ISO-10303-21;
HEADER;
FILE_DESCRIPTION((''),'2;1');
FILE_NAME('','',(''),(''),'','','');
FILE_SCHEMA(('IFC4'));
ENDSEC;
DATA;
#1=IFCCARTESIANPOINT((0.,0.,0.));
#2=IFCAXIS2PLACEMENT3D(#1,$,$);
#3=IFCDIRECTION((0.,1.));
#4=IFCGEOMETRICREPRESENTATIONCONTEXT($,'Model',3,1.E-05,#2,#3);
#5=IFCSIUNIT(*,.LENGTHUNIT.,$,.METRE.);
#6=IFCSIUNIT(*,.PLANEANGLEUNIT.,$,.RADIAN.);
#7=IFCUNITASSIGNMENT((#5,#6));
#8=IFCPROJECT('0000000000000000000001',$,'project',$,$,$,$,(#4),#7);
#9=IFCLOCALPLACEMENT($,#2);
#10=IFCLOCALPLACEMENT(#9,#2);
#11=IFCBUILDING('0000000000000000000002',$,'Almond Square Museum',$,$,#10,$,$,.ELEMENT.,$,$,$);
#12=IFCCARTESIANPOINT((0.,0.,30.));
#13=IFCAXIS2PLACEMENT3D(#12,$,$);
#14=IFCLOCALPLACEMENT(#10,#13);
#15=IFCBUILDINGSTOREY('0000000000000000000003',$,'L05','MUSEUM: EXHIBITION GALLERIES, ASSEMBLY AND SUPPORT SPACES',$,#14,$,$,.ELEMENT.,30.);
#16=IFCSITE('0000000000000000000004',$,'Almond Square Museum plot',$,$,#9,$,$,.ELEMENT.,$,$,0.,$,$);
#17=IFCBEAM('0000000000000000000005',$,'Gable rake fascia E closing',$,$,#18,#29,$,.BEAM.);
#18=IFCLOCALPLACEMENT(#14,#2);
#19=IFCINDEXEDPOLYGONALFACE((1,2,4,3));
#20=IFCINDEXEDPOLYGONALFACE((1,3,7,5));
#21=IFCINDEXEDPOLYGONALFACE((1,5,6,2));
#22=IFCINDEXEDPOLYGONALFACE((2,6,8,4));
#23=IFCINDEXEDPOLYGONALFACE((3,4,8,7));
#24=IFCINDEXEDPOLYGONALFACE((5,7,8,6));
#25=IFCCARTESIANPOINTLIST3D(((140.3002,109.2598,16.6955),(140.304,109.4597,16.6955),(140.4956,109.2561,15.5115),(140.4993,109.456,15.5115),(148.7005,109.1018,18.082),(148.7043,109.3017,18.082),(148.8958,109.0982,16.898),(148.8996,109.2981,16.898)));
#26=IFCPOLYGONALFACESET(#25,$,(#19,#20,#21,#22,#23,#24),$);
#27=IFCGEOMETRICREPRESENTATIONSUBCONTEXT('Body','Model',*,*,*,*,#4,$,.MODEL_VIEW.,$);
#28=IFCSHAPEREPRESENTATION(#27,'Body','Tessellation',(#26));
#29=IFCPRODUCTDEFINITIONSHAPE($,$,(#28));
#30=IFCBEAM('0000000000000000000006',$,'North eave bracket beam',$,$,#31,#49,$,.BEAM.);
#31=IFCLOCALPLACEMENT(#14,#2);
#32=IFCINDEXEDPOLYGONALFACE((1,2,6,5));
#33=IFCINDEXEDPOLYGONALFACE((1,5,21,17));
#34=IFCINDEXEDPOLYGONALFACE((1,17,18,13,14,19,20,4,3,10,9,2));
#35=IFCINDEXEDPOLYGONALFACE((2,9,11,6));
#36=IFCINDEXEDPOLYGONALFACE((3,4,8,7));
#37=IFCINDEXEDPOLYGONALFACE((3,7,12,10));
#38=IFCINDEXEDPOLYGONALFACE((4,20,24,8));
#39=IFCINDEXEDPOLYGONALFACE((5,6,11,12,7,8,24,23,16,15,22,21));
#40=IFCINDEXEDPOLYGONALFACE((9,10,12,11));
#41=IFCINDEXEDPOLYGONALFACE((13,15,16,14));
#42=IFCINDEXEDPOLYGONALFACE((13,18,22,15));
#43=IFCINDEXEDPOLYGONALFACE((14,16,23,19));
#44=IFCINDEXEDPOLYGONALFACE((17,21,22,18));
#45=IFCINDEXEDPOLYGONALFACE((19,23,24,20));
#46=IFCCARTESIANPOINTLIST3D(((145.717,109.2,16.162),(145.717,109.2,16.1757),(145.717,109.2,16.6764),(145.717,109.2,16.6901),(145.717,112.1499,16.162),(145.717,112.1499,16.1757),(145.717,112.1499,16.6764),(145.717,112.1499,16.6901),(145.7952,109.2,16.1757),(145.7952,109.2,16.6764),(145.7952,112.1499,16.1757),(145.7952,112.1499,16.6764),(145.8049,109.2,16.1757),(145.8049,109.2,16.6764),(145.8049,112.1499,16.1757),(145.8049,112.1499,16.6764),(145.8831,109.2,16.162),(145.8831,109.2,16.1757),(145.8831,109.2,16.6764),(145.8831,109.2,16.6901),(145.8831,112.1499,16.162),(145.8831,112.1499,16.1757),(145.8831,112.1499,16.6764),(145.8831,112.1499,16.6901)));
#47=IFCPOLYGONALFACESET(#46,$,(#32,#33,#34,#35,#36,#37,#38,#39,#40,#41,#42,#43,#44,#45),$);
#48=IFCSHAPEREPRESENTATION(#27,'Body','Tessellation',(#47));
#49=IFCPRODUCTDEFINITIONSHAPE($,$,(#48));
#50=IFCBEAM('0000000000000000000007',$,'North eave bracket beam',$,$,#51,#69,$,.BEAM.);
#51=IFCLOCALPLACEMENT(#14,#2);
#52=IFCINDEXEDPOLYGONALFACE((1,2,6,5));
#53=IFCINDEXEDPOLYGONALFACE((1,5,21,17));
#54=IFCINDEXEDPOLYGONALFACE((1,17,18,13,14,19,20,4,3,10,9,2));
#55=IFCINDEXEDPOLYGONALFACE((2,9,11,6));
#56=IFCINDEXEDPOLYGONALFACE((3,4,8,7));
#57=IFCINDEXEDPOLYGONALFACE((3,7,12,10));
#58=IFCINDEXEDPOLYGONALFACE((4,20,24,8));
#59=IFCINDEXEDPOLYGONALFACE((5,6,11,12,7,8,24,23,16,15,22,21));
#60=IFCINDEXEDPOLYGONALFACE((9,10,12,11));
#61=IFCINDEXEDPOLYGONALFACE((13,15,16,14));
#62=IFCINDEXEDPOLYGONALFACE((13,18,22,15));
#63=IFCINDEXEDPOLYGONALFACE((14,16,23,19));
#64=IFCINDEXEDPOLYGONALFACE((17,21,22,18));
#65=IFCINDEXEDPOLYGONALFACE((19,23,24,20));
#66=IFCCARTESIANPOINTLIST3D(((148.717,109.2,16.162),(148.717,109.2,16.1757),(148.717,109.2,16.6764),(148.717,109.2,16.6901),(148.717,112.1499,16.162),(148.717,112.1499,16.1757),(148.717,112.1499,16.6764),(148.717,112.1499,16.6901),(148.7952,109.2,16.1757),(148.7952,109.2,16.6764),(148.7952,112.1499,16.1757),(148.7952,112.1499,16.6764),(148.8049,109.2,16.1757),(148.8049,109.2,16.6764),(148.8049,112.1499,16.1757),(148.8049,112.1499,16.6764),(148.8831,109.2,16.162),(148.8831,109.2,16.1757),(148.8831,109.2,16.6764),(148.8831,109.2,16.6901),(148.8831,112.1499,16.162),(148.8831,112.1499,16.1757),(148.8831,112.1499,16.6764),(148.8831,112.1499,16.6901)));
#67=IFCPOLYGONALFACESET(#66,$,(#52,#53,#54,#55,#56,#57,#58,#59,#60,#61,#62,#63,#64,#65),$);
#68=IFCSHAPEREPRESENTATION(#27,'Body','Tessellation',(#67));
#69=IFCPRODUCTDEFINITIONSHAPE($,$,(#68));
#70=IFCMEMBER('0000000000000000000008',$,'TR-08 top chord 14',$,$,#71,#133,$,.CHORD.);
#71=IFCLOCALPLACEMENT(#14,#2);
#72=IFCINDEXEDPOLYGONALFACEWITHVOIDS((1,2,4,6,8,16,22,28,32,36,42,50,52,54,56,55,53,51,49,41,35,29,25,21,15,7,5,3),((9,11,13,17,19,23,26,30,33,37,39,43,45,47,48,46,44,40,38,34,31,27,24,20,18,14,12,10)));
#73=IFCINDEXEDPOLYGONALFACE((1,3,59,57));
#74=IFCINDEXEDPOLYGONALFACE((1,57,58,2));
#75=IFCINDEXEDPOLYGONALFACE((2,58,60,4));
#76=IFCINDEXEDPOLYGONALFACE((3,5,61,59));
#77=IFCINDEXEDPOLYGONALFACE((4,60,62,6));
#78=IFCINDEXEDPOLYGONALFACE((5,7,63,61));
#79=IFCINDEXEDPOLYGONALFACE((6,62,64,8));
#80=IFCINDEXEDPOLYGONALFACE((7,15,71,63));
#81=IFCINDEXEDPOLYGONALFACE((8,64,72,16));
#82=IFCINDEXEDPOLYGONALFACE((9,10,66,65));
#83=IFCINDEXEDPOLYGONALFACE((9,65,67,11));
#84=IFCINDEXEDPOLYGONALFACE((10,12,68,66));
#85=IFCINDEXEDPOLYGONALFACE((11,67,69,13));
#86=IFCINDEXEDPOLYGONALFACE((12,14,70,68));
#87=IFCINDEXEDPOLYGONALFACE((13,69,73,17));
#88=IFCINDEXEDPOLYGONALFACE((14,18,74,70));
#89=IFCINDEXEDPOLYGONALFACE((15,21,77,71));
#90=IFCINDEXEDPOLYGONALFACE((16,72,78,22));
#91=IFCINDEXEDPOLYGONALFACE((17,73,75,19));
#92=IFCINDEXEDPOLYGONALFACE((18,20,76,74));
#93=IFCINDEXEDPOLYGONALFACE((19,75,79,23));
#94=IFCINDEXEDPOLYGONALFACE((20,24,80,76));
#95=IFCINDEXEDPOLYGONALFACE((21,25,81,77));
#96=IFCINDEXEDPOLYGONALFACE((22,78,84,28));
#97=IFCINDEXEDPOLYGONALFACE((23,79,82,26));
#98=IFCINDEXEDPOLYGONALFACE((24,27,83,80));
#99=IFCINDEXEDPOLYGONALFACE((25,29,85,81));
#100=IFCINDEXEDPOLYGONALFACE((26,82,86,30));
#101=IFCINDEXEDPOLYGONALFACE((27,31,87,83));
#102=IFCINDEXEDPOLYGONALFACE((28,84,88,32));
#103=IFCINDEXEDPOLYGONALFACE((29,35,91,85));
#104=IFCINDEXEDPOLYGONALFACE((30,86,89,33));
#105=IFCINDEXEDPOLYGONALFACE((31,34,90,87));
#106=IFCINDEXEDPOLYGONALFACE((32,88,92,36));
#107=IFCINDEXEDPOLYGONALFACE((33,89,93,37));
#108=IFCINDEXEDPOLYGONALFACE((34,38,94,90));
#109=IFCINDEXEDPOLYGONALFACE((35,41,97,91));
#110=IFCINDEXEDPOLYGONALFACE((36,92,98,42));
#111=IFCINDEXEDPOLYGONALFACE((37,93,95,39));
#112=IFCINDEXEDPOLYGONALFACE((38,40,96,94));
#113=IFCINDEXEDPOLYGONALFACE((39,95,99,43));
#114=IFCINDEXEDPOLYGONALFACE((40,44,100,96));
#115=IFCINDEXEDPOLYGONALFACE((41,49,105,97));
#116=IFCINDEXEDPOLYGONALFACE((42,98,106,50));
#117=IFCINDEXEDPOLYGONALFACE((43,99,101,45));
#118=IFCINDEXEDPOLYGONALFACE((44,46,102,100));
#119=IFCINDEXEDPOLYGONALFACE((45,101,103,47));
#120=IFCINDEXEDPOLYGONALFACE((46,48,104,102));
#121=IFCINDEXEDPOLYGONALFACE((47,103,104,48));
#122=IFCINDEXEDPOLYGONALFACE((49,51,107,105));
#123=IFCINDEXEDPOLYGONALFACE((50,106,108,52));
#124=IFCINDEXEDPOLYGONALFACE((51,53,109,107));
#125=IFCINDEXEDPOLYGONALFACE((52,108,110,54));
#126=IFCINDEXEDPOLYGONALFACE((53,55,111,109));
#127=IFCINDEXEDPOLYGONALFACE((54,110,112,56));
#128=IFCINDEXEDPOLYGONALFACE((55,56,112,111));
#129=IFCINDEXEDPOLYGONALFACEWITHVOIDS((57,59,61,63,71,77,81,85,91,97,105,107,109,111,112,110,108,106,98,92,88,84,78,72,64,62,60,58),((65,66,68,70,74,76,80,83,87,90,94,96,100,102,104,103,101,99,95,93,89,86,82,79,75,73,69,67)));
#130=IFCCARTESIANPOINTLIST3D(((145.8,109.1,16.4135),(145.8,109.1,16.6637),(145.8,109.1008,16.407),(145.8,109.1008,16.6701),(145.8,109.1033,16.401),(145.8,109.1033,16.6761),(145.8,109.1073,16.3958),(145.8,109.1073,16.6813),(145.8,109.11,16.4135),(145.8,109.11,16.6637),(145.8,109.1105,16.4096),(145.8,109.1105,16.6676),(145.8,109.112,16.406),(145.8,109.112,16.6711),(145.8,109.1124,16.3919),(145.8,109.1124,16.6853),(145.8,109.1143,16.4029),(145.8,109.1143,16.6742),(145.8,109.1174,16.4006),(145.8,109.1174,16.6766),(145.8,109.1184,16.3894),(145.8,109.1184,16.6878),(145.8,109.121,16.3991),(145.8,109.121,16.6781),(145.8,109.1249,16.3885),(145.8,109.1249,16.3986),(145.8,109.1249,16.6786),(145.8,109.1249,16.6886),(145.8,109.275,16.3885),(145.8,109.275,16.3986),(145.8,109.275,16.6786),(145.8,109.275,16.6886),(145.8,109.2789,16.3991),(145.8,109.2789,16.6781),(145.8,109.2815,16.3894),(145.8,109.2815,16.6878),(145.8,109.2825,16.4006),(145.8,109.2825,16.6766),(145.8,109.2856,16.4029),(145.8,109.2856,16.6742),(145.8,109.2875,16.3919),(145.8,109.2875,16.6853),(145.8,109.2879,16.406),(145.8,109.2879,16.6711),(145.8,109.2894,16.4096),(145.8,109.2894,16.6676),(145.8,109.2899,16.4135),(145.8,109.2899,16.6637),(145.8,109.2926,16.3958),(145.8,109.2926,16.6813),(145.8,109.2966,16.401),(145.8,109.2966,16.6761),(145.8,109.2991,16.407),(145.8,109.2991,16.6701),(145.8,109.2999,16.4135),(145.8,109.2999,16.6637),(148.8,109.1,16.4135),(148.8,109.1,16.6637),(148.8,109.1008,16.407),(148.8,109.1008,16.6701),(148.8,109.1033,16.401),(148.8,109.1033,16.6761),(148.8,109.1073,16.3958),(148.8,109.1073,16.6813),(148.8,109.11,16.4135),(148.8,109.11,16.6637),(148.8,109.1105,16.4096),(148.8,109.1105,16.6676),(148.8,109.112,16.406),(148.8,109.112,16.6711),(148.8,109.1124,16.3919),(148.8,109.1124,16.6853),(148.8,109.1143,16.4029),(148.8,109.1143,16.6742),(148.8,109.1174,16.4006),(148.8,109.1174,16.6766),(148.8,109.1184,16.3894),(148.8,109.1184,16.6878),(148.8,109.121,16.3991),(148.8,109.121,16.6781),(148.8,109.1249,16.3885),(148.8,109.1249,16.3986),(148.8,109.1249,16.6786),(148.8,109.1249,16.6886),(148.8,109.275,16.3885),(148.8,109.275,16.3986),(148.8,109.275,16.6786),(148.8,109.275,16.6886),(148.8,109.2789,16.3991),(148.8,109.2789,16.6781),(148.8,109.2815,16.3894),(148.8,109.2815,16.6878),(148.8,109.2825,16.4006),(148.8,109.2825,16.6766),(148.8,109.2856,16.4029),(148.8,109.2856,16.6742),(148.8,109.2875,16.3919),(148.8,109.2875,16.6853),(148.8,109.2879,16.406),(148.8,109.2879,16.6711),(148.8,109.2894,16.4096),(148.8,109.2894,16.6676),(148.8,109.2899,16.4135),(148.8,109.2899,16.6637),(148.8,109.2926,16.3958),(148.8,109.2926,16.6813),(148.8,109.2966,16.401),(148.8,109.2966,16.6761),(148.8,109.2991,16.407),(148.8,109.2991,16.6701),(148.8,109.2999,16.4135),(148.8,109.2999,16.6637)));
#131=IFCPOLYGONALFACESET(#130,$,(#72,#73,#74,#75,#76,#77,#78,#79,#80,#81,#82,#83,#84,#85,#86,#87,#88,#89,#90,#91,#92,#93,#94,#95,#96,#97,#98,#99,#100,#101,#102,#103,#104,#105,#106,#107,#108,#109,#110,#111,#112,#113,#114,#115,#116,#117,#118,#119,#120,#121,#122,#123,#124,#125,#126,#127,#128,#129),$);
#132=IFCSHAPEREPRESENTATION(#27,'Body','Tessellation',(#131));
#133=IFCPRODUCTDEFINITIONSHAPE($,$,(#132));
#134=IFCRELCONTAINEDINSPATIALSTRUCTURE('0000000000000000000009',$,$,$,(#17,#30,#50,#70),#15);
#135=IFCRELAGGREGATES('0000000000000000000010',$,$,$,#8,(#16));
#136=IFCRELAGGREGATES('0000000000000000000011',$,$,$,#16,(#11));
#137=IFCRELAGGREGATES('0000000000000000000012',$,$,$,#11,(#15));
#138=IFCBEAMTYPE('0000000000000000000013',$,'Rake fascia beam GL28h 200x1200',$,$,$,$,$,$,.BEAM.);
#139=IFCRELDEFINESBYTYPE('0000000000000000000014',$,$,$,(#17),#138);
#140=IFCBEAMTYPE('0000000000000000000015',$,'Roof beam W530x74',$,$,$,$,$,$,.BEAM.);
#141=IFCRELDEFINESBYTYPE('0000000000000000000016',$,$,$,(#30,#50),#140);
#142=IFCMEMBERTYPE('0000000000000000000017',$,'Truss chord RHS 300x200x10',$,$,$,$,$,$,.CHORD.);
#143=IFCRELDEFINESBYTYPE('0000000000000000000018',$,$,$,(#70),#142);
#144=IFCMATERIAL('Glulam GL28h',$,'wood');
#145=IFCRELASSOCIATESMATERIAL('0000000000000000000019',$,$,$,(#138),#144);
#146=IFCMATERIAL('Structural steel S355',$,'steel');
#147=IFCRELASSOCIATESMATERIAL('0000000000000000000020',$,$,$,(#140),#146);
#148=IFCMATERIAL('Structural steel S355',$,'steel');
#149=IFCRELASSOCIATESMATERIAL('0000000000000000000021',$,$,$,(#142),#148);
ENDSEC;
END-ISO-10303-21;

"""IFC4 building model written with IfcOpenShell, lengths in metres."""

from ifc_helpers import new_model, si_unit, direction, frame, origin, origin_2d, place, context, subcontext, project, spatial, rectangle, hollow_rectangle, i_section, extrude, material, material_profile, profile_set, type_object, element, save


model = new_model("IFC4")

# Units and contexts
model_context = context("Model", 3, precision=1e-05, world=origin(), true_north=direction((0.0, 1.0)))
body_context = subcontext(model_context, "Body", "Model", "MODEL_VIEW")
ifc_project = project(units=[si_unit("LENGTHUNIT", "METRE"), si_unit("PLANEANGLEUNIT", "RADIAN")], contexts=[model_context])

# Site, building, storey
site_placement = place(None, origin())
site = spatial("IfcSite", under=ifc_project, at=site_placement, Name="Almond Square Museum plot", CompositionType="ELEMENT", RefElevation=0.0)
building_placement = place(site_placement, origin())
building = spatial("IfcBuilding", under=site, at=building_placement, Name="Almond Square Museum", CompositionType="ELEMENT")
storey_placement = place(building_placement, frame((0.0, 0.0, 30.0)))
storey = spatial("IfcBuildingStorey", under=building, at=storey_placement, Name="L05", Description="MUSEUM: EXHIBITION GALLERIES, ASSEMBLY AND SUPPORT SPACES", CompositionType="ELEMENT", Elevation=30.0)

# Beams
ifc_material_1 = material(Name="Glulam GL28h", Category="wood")
ifc_material_profile_1 = material_profile(ifc_material_1, rectangle(XDim=0.2, YDim=1.2, at=origin_2d()))
ifc_profile_set_1 = profile_set([ifc_material_profile_1], Name="Glulam GL28h")
beam_type_1 = type_object("IfcBeamType", Name="Rake fascia beam GL28h 200x1200", PredefinedType="BEAM", material=ifc_profile_set_1)
beam_placement = place(storey_placement, frame((148.8, 109.2, 17.49), z_axis=(-0.986481, 0.01855, -0.162822), x_axis=(-0.018801, -0.999823, 0.0)))
element("IfcBeam", 1, at=beam_placement, inside=storey, type_object=beam_type_1, Name="Gable rake fascia E closing", PredefinedType="BEAM", context=body_context, shape_type="SweptSolid", body=[
    extrude(rectangle(XDim=0.2, YDim=1.2, at=origin_2d()), origin(), (0.0, 0.0, 1.0), 8.5154),
])
ifc_material_2 = material(Name="Structural steel S355", Category="steel")
ifc_material_profile_2 = material_profile(ifc_material_2, i_section(OverallWidth=0.166, OverallDepth=0.5281, WebThickness=0.0098, FlangeThickness=0.0137, at=origin_2d()))
ifc_profile_set_2 = profile_set([ifc_material_profile_2], Name="Structural steel S355")
beam_type_2 = type_object("IfcBeamType", Name="Roof beam W530x74", PredefinedType="BEAM", material=ifc_profile_set_2)
for number, where, z_axis, x_axis, name in (
    (2, (145.8, 109.2, 16.426), (0.0, 1.0, 0.0), (-1.0, 0.0, 0.0), "North eave bracket beam"),
    (3, (148.8, 109.2, 16.426), (0.0, 1.0, 0.0), (-1.0, 0.0, 0.0), "North eave bracket beam"),
):
    element("IfcBeam", number, at=place(storey_placement, frame(where, z_axis=z_axis, x_axis=x_axis)), inside=storey, type_object=beam_type_2, Name=name, PredefinedType="BEAM", context=body_context, shape_type="SweptSolid", body=[
        extrude(i_section(OverallWidth=0.166, OverallDepth=0.5281, WebThickness=0.0098, FlangeThickness=0.0137, at=origin_2d()), origin(), (0.0, 0.0, 1.0), 2.95),
    ])

# Member
ifc_material_3 = material(Name="Structural steel S355", Category="steel")
ifc_material_profile_3 = material_profile(ifc_material_3, hollow_rectangle(XDim=0.2, YDim=0.3, WallThickness=0.01, InnerFilletRadius=0.0149, OuterFilletRadius=0.0249, at=origin_2d()))
ifc_profile_set_3 = profile_set([ifc_material_profile_3], Name="Structural steel S355")
member_type_1 = type_object("IfcMemberType", Name="Truss chord RHS 300x200x10", PredefinedType="CHORD", material=ifc_profile_set_3)
member_1_placement = place(storey_placement, frame((145.8, 109.2, 16.5386), z_axis=(1.0, 0.0, 0.0), x_axis=(0.0, 1.0, 0.0)))
element("IfcMember", 4, at=member_1_placement, inside=storey, type_object=member_type_1, Name="TR-08 top chord 14", PredefinedType="CHORD", context=body_context, shape_type="SweptSolid", body=[
    extrude(hollow_rectangle(XDim=0.2, YDim=0.3, WallThickness=0.01, InnerFilletRadius=0.0149, OuterFilletRadius=0.0249, at=origin_2d()), origin(), (0.0, 0.0, 1.0), 3.0),
])

save(model, "model.ifc")
